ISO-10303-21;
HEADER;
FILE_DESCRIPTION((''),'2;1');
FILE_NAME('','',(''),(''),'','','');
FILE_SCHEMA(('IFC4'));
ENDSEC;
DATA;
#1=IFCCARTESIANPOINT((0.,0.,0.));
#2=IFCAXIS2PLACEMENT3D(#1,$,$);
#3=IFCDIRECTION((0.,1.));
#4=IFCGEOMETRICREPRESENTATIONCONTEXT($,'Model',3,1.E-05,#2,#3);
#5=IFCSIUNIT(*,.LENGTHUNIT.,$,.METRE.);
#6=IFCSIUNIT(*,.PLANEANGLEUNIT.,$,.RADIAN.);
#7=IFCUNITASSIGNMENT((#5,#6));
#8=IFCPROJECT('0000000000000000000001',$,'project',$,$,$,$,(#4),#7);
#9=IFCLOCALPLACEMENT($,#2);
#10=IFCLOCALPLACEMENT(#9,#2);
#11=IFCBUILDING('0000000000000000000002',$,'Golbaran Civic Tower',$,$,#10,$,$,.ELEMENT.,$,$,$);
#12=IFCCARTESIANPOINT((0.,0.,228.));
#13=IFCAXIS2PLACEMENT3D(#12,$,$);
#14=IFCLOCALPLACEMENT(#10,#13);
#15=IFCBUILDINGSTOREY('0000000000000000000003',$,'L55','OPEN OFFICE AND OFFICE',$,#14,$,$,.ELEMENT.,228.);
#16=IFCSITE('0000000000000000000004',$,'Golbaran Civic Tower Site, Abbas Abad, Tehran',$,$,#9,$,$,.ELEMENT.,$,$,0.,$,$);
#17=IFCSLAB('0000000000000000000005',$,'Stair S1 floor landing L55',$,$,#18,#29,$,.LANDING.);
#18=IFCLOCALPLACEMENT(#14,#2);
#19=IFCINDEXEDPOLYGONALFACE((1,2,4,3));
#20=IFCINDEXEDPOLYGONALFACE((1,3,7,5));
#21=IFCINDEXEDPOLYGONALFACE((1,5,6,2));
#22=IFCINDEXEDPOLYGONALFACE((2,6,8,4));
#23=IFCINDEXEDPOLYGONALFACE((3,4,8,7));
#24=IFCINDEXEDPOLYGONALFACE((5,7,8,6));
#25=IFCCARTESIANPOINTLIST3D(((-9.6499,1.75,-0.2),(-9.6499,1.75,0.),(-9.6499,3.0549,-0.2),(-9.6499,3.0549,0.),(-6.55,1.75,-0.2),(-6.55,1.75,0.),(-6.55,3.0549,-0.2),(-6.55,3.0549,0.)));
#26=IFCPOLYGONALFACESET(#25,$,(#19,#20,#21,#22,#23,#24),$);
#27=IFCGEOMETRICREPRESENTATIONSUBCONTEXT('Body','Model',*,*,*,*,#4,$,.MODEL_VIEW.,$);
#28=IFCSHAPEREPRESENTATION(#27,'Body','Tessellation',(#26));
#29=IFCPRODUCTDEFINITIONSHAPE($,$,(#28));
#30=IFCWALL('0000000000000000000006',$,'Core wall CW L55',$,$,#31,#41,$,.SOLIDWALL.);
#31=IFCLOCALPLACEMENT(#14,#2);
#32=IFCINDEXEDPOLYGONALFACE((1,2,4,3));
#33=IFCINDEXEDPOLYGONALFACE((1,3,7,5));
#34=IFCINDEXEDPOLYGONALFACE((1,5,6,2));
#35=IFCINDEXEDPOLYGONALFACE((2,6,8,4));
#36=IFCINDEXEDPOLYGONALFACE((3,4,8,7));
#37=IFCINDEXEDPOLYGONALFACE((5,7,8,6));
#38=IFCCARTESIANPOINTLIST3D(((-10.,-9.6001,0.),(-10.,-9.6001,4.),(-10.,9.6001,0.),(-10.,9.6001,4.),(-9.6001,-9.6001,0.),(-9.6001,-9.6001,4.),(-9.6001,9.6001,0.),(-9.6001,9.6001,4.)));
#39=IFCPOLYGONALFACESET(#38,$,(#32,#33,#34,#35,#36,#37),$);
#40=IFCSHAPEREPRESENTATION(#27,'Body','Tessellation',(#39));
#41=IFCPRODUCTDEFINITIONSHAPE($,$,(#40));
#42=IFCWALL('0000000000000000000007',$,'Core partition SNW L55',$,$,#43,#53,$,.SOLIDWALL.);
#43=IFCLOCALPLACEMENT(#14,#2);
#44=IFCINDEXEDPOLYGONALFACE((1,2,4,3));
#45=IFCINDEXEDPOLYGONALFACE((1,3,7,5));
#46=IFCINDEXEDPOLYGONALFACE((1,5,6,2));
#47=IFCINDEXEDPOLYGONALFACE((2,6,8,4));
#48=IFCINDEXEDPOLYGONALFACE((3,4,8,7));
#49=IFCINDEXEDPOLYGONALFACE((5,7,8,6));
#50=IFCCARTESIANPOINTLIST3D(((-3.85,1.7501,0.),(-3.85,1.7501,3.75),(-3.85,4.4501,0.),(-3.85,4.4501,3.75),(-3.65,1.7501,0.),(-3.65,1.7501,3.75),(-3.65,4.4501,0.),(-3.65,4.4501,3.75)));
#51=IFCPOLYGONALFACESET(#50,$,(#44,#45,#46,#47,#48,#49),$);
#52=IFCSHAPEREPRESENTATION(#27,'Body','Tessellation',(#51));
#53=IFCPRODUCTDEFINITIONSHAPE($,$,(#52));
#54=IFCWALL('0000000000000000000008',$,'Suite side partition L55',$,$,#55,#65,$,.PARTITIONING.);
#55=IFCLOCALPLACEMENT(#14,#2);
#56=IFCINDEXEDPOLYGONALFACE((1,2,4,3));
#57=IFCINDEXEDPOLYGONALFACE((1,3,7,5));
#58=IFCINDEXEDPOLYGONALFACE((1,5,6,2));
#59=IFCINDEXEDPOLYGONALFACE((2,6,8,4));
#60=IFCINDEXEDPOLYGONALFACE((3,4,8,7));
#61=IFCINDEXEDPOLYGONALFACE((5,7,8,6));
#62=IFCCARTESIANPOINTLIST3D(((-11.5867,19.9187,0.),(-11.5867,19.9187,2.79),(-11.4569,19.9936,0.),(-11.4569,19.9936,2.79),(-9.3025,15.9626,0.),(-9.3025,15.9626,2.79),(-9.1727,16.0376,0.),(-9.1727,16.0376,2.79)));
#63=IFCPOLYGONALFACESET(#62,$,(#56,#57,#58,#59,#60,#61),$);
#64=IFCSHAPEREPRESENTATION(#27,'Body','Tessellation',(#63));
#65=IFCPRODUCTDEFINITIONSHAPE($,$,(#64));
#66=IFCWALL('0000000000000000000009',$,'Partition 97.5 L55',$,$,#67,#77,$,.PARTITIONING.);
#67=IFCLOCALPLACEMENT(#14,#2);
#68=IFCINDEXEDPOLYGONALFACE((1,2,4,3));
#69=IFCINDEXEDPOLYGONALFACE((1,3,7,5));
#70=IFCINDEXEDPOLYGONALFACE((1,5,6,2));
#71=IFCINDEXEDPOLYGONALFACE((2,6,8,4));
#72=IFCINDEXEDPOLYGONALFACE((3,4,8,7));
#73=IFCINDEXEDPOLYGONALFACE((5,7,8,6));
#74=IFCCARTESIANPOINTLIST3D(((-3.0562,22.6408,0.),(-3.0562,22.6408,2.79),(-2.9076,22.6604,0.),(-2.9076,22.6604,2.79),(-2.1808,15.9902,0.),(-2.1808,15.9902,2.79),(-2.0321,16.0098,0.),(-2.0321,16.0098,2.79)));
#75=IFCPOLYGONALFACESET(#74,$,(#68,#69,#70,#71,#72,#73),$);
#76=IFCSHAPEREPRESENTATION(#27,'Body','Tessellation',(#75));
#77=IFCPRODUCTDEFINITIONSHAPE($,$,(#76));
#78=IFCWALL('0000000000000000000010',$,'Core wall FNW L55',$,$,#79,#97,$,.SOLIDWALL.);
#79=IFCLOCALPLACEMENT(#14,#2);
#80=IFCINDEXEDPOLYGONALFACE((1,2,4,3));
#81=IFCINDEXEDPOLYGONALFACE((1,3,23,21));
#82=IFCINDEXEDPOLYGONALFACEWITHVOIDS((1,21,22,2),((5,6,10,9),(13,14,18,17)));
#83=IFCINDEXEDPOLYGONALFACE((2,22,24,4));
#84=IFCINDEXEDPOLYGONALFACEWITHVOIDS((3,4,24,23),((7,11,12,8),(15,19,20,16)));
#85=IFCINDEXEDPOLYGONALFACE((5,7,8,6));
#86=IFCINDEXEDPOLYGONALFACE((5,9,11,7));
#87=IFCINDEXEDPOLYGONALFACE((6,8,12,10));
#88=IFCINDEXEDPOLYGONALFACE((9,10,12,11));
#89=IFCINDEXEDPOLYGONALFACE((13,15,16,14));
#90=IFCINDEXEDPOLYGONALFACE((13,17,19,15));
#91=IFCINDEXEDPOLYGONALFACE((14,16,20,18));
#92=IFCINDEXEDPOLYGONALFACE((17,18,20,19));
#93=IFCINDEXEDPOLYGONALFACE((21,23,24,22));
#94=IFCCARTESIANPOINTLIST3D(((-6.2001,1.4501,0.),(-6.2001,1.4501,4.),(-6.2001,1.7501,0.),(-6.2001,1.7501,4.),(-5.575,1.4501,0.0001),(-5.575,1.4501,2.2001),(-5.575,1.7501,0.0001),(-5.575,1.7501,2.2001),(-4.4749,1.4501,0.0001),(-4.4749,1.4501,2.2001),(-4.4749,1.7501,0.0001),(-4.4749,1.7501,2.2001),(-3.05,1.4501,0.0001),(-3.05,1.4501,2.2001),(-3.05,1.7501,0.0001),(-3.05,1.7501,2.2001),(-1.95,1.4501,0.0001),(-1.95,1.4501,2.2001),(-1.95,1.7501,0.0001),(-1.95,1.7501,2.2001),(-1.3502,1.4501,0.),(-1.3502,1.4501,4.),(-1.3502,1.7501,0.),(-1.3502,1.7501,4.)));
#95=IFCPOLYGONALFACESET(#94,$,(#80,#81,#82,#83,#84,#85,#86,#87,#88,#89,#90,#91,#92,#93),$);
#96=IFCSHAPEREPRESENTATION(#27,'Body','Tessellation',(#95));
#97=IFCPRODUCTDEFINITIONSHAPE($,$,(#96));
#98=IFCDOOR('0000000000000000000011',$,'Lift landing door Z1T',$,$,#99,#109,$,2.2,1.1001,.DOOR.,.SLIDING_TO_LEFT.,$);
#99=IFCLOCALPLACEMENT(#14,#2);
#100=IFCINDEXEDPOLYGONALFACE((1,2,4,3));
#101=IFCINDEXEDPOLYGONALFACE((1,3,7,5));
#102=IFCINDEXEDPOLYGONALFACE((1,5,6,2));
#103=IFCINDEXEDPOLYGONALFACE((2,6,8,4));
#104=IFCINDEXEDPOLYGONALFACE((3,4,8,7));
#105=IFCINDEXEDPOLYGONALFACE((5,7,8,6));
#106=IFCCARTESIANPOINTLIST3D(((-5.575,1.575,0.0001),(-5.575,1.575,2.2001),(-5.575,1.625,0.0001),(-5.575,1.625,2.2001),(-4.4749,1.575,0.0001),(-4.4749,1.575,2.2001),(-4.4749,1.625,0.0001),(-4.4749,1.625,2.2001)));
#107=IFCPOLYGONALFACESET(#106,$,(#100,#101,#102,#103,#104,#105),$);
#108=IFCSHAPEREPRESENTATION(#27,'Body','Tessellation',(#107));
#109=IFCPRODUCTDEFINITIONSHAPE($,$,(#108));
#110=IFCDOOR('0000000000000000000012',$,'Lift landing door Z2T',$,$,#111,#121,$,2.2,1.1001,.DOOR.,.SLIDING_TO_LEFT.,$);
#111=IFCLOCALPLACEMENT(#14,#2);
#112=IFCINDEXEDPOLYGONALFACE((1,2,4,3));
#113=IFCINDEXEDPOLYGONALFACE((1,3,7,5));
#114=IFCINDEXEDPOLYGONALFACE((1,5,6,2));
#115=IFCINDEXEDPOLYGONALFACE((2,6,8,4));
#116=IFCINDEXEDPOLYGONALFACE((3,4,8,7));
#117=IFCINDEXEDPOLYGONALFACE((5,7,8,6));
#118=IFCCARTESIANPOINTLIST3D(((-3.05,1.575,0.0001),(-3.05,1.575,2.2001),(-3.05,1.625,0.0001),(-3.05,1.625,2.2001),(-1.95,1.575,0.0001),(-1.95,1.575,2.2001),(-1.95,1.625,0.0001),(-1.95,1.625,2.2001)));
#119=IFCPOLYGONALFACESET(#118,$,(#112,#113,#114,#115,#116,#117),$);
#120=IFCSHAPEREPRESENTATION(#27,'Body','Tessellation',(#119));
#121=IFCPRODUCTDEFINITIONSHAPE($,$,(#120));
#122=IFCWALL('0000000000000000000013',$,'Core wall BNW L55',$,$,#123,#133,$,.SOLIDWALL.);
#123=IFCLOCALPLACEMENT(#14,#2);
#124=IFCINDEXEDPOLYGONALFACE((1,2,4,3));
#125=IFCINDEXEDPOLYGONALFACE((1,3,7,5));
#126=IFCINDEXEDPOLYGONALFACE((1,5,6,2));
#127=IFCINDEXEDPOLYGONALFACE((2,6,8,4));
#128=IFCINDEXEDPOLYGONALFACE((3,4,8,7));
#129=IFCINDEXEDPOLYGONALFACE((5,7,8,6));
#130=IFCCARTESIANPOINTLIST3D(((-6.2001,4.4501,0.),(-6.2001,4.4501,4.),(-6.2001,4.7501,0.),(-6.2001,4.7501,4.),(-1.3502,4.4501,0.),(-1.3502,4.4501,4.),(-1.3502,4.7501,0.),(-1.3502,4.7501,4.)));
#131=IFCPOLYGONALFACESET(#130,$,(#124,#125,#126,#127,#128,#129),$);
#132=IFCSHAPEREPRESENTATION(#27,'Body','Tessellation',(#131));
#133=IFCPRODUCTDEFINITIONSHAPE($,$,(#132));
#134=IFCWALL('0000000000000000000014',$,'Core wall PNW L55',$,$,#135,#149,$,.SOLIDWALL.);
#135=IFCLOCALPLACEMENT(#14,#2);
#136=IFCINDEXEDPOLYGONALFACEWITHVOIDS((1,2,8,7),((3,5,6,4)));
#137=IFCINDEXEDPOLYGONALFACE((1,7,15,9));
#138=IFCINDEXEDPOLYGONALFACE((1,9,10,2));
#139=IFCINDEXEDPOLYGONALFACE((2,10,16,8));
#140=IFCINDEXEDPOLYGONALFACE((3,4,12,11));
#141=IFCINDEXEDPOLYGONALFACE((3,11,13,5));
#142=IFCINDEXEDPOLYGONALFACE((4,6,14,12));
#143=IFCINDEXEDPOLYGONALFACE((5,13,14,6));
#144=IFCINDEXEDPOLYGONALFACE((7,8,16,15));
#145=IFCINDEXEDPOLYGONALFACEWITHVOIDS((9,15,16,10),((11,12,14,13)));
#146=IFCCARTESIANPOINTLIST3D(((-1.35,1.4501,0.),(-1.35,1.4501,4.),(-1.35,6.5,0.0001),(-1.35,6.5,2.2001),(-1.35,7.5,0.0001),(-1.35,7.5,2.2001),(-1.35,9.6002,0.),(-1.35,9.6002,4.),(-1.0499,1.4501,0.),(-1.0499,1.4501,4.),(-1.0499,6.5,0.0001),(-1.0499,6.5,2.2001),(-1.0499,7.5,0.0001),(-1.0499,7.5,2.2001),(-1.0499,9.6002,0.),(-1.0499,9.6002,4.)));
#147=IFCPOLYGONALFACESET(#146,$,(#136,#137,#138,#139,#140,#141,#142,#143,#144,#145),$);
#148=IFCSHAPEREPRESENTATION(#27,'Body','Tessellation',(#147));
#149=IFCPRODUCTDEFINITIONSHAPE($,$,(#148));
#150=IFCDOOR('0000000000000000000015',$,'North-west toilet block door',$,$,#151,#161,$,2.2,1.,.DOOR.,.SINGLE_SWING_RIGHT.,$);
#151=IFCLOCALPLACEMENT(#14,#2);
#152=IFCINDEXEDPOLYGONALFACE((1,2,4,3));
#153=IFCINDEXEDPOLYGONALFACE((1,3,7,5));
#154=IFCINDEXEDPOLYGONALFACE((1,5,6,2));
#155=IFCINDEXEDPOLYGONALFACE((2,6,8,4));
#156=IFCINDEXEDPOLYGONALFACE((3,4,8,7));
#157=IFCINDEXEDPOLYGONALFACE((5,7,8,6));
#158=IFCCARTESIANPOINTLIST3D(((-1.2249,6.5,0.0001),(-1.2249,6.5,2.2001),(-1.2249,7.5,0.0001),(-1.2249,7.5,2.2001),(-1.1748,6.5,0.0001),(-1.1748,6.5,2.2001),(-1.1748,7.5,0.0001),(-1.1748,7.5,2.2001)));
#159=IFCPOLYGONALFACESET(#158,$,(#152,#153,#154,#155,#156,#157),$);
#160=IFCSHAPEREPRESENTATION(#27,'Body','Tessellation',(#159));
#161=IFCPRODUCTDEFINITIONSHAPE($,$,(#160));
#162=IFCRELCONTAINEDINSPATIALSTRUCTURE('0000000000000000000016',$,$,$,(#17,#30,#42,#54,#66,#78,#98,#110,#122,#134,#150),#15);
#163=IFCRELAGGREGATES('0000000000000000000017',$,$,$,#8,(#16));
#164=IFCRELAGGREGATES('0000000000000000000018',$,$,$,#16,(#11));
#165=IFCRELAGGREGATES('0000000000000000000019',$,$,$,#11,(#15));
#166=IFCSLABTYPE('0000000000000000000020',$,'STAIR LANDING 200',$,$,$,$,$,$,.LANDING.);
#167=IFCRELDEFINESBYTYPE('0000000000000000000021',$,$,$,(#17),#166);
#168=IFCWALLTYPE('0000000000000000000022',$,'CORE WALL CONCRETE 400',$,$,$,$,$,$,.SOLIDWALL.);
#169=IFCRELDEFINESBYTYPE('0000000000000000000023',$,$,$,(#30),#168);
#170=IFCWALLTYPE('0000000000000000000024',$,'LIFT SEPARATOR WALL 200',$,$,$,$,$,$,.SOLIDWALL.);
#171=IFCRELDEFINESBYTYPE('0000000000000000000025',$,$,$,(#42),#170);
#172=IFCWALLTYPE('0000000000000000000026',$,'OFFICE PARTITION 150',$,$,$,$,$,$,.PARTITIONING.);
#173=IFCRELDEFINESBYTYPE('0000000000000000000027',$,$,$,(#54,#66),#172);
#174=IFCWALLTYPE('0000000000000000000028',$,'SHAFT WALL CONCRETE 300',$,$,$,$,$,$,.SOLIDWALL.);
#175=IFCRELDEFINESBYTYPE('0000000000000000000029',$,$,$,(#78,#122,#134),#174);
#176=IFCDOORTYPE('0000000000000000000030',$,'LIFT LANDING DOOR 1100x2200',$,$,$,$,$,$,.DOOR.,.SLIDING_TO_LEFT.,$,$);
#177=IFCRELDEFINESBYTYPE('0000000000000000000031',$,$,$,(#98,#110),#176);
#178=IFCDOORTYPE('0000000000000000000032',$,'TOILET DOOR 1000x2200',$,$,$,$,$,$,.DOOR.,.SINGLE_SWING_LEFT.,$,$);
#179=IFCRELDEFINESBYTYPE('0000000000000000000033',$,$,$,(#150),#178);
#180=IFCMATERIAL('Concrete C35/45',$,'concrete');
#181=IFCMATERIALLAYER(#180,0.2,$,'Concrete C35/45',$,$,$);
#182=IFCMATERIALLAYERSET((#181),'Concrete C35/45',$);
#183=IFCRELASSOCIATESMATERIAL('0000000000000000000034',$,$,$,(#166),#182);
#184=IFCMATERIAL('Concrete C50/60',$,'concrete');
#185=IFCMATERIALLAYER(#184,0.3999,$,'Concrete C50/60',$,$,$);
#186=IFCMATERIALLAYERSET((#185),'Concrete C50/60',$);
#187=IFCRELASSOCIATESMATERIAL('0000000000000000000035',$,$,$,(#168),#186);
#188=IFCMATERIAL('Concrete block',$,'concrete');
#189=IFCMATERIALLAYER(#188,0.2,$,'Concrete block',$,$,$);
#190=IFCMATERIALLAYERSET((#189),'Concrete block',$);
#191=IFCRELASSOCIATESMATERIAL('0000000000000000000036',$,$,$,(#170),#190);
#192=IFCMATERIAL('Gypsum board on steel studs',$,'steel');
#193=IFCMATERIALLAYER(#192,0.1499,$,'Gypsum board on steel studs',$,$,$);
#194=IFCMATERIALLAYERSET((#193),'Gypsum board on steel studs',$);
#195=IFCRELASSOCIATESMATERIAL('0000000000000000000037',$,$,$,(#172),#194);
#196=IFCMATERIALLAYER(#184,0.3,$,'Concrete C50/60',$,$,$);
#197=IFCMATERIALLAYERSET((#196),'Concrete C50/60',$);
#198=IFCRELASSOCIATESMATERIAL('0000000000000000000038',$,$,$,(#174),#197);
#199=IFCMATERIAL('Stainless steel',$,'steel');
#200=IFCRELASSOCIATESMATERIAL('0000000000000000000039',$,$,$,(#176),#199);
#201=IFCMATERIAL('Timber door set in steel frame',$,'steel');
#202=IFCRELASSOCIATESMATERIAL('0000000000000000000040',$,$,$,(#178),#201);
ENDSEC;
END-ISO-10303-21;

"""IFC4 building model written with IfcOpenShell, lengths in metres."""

from ifc_helpers import new_model, si_unit, direction, frame, frame_2d, origin, place, context, subcontext, project, spatial, polyline, rectangle, outline, extrude, material, layer, layer_set, type_object, element, fill, save


model = new_model("IFC4")

# Units and contexts
model_context = context("Model", 3, precision=1e-05, world=origin(), true_north=direction((0.0, 1.0)))
body_context = subcontext(model_context, "Body", "Model", "MODEL_VIEW")
ifc_project = project(units=[si_unit("LENGTHUNIT", "METRE"), si_unit("PLANEANGLEUNIT", "RADIAN")], contexts=[model_context])

# Site, building, storey
site_placement = place(None, origin())
site = spatial("IfcSite", under=ifc_project, at=site_placement, Name="Golbaran Civic Tower Site, Abbas Abad, Tehran", CompositionType="ELEMENT", RefElevation=0.0)
building_placement = place(site_placement, origin())
building = spatial("IfcBuilding", under=site, at=building_placement, Name="Golbaran Civic Tower", CompositionType="ELEMENT")
storey_placement = place(building_placement, frame((0.0, 0.0, 228.0)))
storey = spatial("IfcBuildingStorey", under=building, at=storey_placement, Name="L55", Description="OPEN OFFICE AND OFFICE", CompositionType="ELEMENT", Elevation=228.0)

# Slab
ifc_material_1 = material(Name="Concrete C35/45", Category="concrete")
ifc_layer_1 = layer(ifc_material_1, 0.2, Name="Concrete C35/45")
ifc_layer_set_1 = layer_set([ifc_layer_1], Name="Concrete C35/45")
slab_type = type_object("IfcSlabType", Name="STAIR LANDING 200", PredefinedType="LANDING", material=ifc_layer_set_1)
slab_placement = place(storey_placement, frame((0.0, 0.0, -0.2)))
element("IfcSlab", 1, at=slab_placement, inside=storey, type_object=slab_type, Name="Stair S1 floor landing L55", PredefinedType="LANDING", context=body_context, shape_type="SweptSolid", body=[
    extrude(outline(polyline([(-9.6499, 1.75), (-9.6499, 3.0549), (-6.55, 3.0549), (-6.55, 1.75), (-9.6499, 1.75)])), origin(), (0.0, 0.0, 1.0), 0.2),
])

# Walls
ifc_material_2 = material(Name="Concrete C50/60", Category="concrete")
ifc_layer_2 = layer(ifc_material_2, 0.3999, Name="Concrete C50/60")
ifc_layer_set_2 = layer_set([ifc_layer_2], Name="Concrete C50/60")
wall_type_1 = type_object("IfcWallType", Name="CORE WALL CONCRETE 400", PredefinedType="SOLIDWALL", material=ifc_layer_set_2)
wall_1_placement = place(storey_placement, frame((-9.8, 9.6001, 0.0), z_axis=(0.0, 0.0, 1.0), x_axis=(0.0, -1.0, 0.0)))
element("IfcWall", 2, at=wall_1_placement, inside=storey, type_object=wall_type_1, Name="Core wall CW L55", PredefinedType="SOLIDWALL", context=body_context, shape_type="SweptSolid", body=[
    extrude(rectangle(XDim=19.2002, YDim=0.3999, at=frame_2d((9.6001, 0.0))), origin(), (0.0, 0.0, 1.0), 4.0),
])
ifc_material_3 = material(Name="Concrete block", Category="concrete")
ifc_layer_3 = layer(ifc_material_3, 0.2, Name="Concrete block")
ifc_layer_set_3 = layer_set([ifc_layer_3], Name="Concrete block")
wall_type_2 = type_object("IfcWallType", Name="LIFT SEPARATOR WALL 200", PredefinedType="SOLIDWALL", material=ifc_layer_set_3)
wall_2_placement = place(storey_placement, frame((-3.75, 1.75, 0.0), z_axis=(0.0, 0.0, 1.0), x_axis=(0.0, 1.0, 0.0)))
element("IfcWall", 3, at=wall_2_placement, inside=storey, type_object=wall_type_2, Name="Core partition SNW L55", PredefinedType="SOLIDWALL", context=body_context, shape_type="SweptSolid", body=[
    extrude(rectangle(XDim=2.7, YDim=0.2, at=frame_2d((1.3501, 0.0))), origin(), (0.0, 0.0, 1.0), 3.75),
])
ifc_material_4 = material(Name="Gypsum board on steel studs", Category="steel")
ifc_layer_4 = layer(ifc_material_4, 0.1499, Name="Gypsum board on steel studs")
ifc_layer_set_4 = layer_set([ifc_layer_4], Name="Gypsum board on steel studs")
wall_type_3 = type_object("IfcWallType", Name="OFFICE PARTITION 150", PredefinedType="PARTITIONING", material=ifc_layer_set_4)
wall_3_placement = place(storey_placement, frame((-9.2375, 16.0, 0.0), z_axis=(0.0, 0.0, 1.0), x_axis=(-0.500025, 0.866011, 0.0)))
element("IfcWall", 4, at=wall_3_placement, inside=storey, type_object=wall_type_3, Name="Suite side partition L55", PredefinedType="PARTITIONING", context=body_context, shape_type="SweptSolid", body=[
    extrude(rectangle(XDim=4.5681, YDim=0.1499, at=frame_2d((2.2842, 0.0))), origin(), (0.0, 0.0, 1.0), 2.79),
])
wall_4_placement = place(storey_placement, frame((-2.1064, 16.0, 0.0), z_axis=(0.0, 0.0, 1.0), x_axis=(-0.130514, 0.991446, 0.0)))
element("IfcWall", 5, at=wall_4_placement, inside=storey, type_object=wall_type_3, Name="Partition 97.5 L55", PredefinedType="PARTITIONING", context=body_context, shape_type="SweptSolid", body=[
    extrude(rectangle(XDim=6.708, YDim=0.1499, at=frame_2d((3.354, 0.0))), origin(), (0.0, 0.0, 1.0), 2.79),
])

# Wall, openings, doors
ifc_layer_5 = layer(ifc_material_2, 0.3, Name="Concrete C50/60")
ifc_layer_set_5 = layer_set([ifc_layer_5], Name="Concrete C50/60")
wall_type_4 = type_object("IfcWallType", Name="SHAFT WALL CONCRETE 300", PredefinedType="SOLIDWALL", material=ifc_layer_set_5)
wall_5_placement = place(storey_placement, frame((-6.2, 1.6001, 0.0), z_axis=(0.0, 0.0, 1.0), x_axis=(1.0, 0.0, 0.0)))
wall_5 = element("IfcWall", 6, at=wall_5_placement, inside=storey, type_object=wall_type_4, Name="Core wall FNW L55", PredefinedType="SOLIDWALL", context=body_context, shape_type="SweptSolid", body=[
    extrude(rectangle(XDim=4.8499, YDim=0.3, at=frame_2d((2.4248, 0.0))), origin(), (0.0, 0.0, 1.0), 4.0),
])
opening_1_placement = place(wall_5_placement, frame((0.625, 0.0, 0.0)))
opening_1 = element("IfcOpeningElement", 7, at=opening_1_placement, cuts=wall_5, PredefinedType="OPENING", context=body_context, shape_type="SweptSolid", body=[
    extrude(rectangle(XDim=1.1001, YDim=2.2, at=frame_2d((0.55, 1.1001))), frame((0.0, 0.1599, 0.0), z_axis=(0.0, -1.0, 0.0), x_axis=(1.0, 0.0, 0.0)), (0.0, 0.0, 1.0), 0.3201),
])
opening_2_placement = place(wall_5_placement, frame((3.1499, 0.0, 0.0)))
opening_2 = element("IfcOpeningElement", 8, at=opening_2_placement, cuts=wall_5, PredefinedType="OPENING", context=body_context, shape_type="SweptSolid", body=[
    extrude(rectangle(XDim=1.1001, YDim=2.2, at=frame_2d((0.55, 1.1001))), frame((0.0, 0.1599, 0.0), z_axis=(0.0, -1.0, 0.0), x_axis=(1.0, 0.0, 0.0)), (0.0, 0.0, 1.0), 0.3201),
])
ifc_material_5 = material(Name="Stainless steel", Category="steel")
door_type_1 = type_object("IfcDoorType", Name="LIFT LANDING DOOR 1100x2200", OperationType="SLIDING_TO_LEFT", PredefinedType="DOOR", material=ifc_material_5)
door_1_placement = place(opening_1_placement, origin())
door_1 = element("IfcDoor", 9, at=door_1_placement, inside=storey, type_object=door_type_1, Name="Lift landing door Z1T", OperationType="SLIDING_TO_LEFT", OverallHeight=2.2, OverallWidth=1.1001, PredefinedType="DOOR", context=body_context, shape_type="SweptSolid", body=[
    extrude(rectangle(XDim=1.1001, YDim=2.2, at=frame_2d((0.55, 1.1001))), frame((0.0, 0.0249, 0.0), z_axis=(0.0, -1.0, 0.0), x_axis=(1.0, 0.0, 0.0)), (0.0, 0.0, 1.0), 0.05),
])
fill(opening_1, door_1)
door_2_placement = place(opening_2_placement, origin())
door_2 = element("IfcDoor", 10, at=door_2_placement, inside=storey, type_object=door_type_1, Name="Lift landing door Z2T", OperationType="SLIDING_TO_LEFT", OverallHeight=2.2, OverallWidth=1.1001, PredefinedType="DOOR", context=body_context, shape_type="SweptSolid", body=[
    extrude(rectangle(XDim=1.1001, YDim=2.2, at=frame_2d((0.55, 1.1001))), frame((0.0, 0.0249, 0.0), z_axis=(0.0, -1.0, 0.0), x_axis=(1.0, 0.0, 0.0)), (0.0, 0.0, 1.0), 0.05),
])
fill(opening_2, door_2)

# Wall
wall_6_placement = place(storey_placement, frame((-6.2, 4.6001, 0.0), z_axis=(0.0, 0.0, 1.0), x_axis=(1.0, 0.0, 0.0)))
element("IfcWall", 11, at=wall_6_placement, inside=storey, type_object=wall_type_4, Name="Core wall BNW L55", PredefinedType="SOLIDWALL", context=body_context, shape_type="SweptSolid", body=[
    extrude(rectangle(XDim=4.8499, YDim=0.3, at=frame_2d((2.4248, 0.0))), origin(), (0.0, 0.0, 1.0), 4.0),
])

# Wall, opening, door
wall_7_placement = place(storey_placement, frame((-1.2, 1.45, 0.0), z_axis=(0.0, 0.0, 1.0), x_axis=(0.0, 1.0, 0.0)))
wall_7 = element("IfcWall", 12, at=wall_7_placement, inside=storey, type_object=wall_type_4, Name="Core wall PNW L55", PredefinedType="SOLIDWALL", context=body_context, shape_type="SweptSolid", body=[
    extrude(rectangle(XDim=8.1501, YDim=0.3, at=frame_2d((4.0752, 0.0))), origin(), (0.0, 0.0, 1.0), 4.0),
])
opening_3_placement = place(wall_7_placement, frame((5.05, 0.0, 0.0)))
opening_3 = element("IfcOpeningElement", 13, at=opening_3_placement, cuts=wall_7, PredefinedType="OPENING", context=body_context, shape_type="SweptSolid", body=[
    extrude(rectangle(XDim=1.0, YDim=2.2, at=frame_2d((0.5, 1.1001))), frame((0.0, 0.1599, 0.0), z_axis=(0.0, -1.0, 0.0), x_axis=(1.0, 0.0, 0.0)), (0.0, 0.0, 1.0), 0.3201),
])
ifc_material_6 = material(Name="Timber door set in steel frame", Category="steel")
door_type_2 = type_object("IfcDoorType", Name="TOILET DOOR 1000x2200", OperationType="SINGLE_SWING_LEFT", PredefinedType="DOOR", material=ifc_material_6)
door_3_placement = place(opening_3_placement, origin())
door_3 = element("IfcDoor", 14, at=door_3_placement, inside=storey, type_object=door_type_2, Name="North-west toilet block door", OperationType="SINGLE_SWING_RIGHT", OverallHeight=2.2, OverallWidth=1.0, PredefinedType="DOOR", context=body_context, shape_type="SweptSolid", body=[
    extrude(rectangle(XDim=1.0, YDim=2.2, at=frame_2d((0.5, 1.1001))), frame((0.0, 0.0249, 0.0), z_axis=(0.0, -1.0, 0.0), x_axis=(1.0, 0.0, 0.0)), (0.0, 0.0, 1.0), 0.05),
])
fill(opening_3, door_3)

save(model, "model.ifc")
